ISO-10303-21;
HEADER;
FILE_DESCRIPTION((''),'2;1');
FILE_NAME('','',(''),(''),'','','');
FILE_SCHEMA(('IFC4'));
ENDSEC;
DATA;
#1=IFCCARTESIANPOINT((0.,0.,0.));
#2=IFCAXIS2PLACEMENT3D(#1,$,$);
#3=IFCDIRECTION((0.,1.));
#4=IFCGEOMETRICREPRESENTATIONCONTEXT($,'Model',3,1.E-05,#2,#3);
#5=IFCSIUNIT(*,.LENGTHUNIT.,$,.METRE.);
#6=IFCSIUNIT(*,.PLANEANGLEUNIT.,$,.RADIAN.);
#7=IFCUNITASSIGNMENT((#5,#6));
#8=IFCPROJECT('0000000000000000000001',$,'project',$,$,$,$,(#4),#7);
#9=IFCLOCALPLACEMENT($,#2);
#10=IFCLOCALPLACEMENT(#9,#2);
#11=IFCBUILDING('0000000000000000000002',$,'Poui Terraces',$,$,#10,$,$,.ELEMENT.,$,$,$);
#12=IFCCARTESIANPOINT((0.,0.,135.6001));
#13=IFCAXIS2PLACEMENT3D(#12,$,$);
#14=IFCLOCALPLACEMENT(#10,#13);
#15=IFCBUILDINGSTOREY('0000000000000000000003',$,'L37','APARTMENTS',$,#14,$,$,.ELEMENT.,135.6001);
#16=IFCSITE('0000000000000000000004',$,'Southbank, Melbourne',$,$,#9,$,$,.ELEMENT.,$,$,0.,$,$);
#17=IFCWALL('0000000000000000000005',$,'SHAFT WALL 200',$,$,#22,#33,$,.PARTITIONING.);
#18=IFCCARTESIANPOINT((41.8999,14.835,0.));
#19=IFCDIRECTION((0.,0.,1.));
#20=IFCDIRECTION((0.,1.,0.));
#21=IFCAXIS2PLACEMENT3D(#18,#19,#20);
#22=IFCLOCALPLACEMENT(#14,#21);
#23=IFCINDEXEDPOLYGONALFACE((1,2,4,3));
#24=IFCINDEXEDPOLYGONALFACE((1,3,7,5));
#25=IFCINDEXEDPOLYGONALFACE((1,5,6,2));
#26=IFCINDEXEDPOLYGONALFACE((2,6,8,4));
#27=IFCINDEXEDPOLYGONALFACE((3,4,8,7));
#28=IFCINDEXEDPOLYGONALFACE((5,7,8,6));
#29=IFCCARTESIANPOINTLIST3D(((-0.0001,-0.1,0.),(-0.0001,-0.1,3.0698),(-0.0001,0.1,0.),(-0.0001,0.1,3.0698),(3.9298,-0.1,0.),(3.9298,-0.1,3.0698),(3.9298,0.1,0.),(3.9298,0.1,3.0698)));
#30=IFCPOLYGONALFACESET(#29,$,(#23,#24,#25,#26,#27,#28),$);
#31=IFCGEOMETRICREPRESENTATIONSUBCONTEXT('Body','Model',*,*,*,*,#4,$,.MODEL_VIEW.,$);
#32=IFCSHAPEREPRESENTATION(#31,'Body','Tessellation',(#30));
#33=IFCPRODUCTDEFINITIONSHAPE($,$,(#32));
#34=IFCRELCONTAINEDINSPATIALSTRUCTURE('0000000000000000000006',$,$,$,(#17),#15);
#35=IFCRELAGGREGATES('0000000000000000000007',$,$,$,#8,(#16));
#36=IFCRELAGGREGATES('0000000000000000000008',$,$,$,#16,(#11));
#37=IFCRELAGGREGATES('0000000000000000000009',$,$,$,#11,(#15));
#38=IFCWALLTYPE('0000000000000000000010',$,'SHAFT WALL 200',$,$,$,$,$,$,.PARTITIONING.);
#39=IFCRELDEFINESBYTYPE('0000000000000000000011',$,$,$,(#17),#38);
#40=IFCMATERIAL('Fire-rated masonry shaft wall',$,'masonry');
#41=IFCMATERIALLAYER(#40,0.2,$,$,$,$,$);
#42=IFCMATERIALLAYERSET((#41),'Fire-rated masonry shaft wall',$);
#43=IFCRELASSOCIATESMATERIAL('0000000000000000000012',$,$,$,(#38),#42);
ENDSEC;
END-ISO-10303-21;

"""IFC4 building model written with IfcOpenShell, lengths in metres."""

from ifc_helpers import new_model, si_unit, direction, frame, frame_2d, origin, place, context, subcontext, project, spatial, rectangle, extrude, material, layer, layer_set, type_object, element, save


model = new_model("IFC4")

# Units and contexts
model_context = context("Model", 3, precision=1e-05, world=origin(), true_north=direction((0.0, 1.0)))
body_context = subcontext(model_context, "Body", "Model", "MODEL_VIEW")
ifc_project = project(units=[si_unit("LENGTHUNIT", "METRE"), si_unit("PLANEANGLEUNIT", "RADIAN")], contexts=[model_context])

# Site, building, storey
site_placement = place(None, origin())
site = spatial("IfcSite", under=ifc_project, at=site_placement, Name="Southbank, Melbourne", CompositionType="ELEMENT", RefElevation=0.0)
building_placement = place(site_placement, origin())
building = spatial("IfcBuilding", under=site, at=building_placement, Name="Poui Terraces", CompositionType="ELEMENT")
storey_placement = place(building_placement, frame((0.0, 0.0, 135.6001)))
storey = spatial("IfcBuildingStorey", under=building, at=storey_placement, Name="L37", Description="APARTMENTS", CompositionType="ELEMENT", Elevation=135.6001)

# Shared definitions
ifc_material_1 = material(Name="Fire-rated masonry shaft wall", Category="masonry")
ifc_layer_1 = layer(ifc_material_1, 0.2)
ifc_layer_set_1 = layer_set([ifc_layer_1], Name="Fire-rated masonry shaft wall")
wall_type_1 = type_object("IfcWallType", Name="SHAFT WALL 200", PredefinedType="PARTITIONING", material=ifc_layer_set_1)

# Wall
wall_1_placement = place(storey_placement, frame((41.8999, 14.835, 0.0), z_axis=(0.0, 0.0, 1.0), x_axis=(0.0, 1.0, 0.0)))
element("IfcWall", 1, at=wall_1_placement, inside=storey, type_object=wall_type_1, Name="SHAFT WALL 200", PredefinedType="PARTITIONING", context=body_context, shape_type="SweptSolid", body=[
    extrude(rectangle(XDim=3.9299, YDim=0.2, at=frame_2d((1.9648, 0.0))), origin(), (0.0, 0.0, 1.0), 3.0698),
])

save(model, "model.ifc")
